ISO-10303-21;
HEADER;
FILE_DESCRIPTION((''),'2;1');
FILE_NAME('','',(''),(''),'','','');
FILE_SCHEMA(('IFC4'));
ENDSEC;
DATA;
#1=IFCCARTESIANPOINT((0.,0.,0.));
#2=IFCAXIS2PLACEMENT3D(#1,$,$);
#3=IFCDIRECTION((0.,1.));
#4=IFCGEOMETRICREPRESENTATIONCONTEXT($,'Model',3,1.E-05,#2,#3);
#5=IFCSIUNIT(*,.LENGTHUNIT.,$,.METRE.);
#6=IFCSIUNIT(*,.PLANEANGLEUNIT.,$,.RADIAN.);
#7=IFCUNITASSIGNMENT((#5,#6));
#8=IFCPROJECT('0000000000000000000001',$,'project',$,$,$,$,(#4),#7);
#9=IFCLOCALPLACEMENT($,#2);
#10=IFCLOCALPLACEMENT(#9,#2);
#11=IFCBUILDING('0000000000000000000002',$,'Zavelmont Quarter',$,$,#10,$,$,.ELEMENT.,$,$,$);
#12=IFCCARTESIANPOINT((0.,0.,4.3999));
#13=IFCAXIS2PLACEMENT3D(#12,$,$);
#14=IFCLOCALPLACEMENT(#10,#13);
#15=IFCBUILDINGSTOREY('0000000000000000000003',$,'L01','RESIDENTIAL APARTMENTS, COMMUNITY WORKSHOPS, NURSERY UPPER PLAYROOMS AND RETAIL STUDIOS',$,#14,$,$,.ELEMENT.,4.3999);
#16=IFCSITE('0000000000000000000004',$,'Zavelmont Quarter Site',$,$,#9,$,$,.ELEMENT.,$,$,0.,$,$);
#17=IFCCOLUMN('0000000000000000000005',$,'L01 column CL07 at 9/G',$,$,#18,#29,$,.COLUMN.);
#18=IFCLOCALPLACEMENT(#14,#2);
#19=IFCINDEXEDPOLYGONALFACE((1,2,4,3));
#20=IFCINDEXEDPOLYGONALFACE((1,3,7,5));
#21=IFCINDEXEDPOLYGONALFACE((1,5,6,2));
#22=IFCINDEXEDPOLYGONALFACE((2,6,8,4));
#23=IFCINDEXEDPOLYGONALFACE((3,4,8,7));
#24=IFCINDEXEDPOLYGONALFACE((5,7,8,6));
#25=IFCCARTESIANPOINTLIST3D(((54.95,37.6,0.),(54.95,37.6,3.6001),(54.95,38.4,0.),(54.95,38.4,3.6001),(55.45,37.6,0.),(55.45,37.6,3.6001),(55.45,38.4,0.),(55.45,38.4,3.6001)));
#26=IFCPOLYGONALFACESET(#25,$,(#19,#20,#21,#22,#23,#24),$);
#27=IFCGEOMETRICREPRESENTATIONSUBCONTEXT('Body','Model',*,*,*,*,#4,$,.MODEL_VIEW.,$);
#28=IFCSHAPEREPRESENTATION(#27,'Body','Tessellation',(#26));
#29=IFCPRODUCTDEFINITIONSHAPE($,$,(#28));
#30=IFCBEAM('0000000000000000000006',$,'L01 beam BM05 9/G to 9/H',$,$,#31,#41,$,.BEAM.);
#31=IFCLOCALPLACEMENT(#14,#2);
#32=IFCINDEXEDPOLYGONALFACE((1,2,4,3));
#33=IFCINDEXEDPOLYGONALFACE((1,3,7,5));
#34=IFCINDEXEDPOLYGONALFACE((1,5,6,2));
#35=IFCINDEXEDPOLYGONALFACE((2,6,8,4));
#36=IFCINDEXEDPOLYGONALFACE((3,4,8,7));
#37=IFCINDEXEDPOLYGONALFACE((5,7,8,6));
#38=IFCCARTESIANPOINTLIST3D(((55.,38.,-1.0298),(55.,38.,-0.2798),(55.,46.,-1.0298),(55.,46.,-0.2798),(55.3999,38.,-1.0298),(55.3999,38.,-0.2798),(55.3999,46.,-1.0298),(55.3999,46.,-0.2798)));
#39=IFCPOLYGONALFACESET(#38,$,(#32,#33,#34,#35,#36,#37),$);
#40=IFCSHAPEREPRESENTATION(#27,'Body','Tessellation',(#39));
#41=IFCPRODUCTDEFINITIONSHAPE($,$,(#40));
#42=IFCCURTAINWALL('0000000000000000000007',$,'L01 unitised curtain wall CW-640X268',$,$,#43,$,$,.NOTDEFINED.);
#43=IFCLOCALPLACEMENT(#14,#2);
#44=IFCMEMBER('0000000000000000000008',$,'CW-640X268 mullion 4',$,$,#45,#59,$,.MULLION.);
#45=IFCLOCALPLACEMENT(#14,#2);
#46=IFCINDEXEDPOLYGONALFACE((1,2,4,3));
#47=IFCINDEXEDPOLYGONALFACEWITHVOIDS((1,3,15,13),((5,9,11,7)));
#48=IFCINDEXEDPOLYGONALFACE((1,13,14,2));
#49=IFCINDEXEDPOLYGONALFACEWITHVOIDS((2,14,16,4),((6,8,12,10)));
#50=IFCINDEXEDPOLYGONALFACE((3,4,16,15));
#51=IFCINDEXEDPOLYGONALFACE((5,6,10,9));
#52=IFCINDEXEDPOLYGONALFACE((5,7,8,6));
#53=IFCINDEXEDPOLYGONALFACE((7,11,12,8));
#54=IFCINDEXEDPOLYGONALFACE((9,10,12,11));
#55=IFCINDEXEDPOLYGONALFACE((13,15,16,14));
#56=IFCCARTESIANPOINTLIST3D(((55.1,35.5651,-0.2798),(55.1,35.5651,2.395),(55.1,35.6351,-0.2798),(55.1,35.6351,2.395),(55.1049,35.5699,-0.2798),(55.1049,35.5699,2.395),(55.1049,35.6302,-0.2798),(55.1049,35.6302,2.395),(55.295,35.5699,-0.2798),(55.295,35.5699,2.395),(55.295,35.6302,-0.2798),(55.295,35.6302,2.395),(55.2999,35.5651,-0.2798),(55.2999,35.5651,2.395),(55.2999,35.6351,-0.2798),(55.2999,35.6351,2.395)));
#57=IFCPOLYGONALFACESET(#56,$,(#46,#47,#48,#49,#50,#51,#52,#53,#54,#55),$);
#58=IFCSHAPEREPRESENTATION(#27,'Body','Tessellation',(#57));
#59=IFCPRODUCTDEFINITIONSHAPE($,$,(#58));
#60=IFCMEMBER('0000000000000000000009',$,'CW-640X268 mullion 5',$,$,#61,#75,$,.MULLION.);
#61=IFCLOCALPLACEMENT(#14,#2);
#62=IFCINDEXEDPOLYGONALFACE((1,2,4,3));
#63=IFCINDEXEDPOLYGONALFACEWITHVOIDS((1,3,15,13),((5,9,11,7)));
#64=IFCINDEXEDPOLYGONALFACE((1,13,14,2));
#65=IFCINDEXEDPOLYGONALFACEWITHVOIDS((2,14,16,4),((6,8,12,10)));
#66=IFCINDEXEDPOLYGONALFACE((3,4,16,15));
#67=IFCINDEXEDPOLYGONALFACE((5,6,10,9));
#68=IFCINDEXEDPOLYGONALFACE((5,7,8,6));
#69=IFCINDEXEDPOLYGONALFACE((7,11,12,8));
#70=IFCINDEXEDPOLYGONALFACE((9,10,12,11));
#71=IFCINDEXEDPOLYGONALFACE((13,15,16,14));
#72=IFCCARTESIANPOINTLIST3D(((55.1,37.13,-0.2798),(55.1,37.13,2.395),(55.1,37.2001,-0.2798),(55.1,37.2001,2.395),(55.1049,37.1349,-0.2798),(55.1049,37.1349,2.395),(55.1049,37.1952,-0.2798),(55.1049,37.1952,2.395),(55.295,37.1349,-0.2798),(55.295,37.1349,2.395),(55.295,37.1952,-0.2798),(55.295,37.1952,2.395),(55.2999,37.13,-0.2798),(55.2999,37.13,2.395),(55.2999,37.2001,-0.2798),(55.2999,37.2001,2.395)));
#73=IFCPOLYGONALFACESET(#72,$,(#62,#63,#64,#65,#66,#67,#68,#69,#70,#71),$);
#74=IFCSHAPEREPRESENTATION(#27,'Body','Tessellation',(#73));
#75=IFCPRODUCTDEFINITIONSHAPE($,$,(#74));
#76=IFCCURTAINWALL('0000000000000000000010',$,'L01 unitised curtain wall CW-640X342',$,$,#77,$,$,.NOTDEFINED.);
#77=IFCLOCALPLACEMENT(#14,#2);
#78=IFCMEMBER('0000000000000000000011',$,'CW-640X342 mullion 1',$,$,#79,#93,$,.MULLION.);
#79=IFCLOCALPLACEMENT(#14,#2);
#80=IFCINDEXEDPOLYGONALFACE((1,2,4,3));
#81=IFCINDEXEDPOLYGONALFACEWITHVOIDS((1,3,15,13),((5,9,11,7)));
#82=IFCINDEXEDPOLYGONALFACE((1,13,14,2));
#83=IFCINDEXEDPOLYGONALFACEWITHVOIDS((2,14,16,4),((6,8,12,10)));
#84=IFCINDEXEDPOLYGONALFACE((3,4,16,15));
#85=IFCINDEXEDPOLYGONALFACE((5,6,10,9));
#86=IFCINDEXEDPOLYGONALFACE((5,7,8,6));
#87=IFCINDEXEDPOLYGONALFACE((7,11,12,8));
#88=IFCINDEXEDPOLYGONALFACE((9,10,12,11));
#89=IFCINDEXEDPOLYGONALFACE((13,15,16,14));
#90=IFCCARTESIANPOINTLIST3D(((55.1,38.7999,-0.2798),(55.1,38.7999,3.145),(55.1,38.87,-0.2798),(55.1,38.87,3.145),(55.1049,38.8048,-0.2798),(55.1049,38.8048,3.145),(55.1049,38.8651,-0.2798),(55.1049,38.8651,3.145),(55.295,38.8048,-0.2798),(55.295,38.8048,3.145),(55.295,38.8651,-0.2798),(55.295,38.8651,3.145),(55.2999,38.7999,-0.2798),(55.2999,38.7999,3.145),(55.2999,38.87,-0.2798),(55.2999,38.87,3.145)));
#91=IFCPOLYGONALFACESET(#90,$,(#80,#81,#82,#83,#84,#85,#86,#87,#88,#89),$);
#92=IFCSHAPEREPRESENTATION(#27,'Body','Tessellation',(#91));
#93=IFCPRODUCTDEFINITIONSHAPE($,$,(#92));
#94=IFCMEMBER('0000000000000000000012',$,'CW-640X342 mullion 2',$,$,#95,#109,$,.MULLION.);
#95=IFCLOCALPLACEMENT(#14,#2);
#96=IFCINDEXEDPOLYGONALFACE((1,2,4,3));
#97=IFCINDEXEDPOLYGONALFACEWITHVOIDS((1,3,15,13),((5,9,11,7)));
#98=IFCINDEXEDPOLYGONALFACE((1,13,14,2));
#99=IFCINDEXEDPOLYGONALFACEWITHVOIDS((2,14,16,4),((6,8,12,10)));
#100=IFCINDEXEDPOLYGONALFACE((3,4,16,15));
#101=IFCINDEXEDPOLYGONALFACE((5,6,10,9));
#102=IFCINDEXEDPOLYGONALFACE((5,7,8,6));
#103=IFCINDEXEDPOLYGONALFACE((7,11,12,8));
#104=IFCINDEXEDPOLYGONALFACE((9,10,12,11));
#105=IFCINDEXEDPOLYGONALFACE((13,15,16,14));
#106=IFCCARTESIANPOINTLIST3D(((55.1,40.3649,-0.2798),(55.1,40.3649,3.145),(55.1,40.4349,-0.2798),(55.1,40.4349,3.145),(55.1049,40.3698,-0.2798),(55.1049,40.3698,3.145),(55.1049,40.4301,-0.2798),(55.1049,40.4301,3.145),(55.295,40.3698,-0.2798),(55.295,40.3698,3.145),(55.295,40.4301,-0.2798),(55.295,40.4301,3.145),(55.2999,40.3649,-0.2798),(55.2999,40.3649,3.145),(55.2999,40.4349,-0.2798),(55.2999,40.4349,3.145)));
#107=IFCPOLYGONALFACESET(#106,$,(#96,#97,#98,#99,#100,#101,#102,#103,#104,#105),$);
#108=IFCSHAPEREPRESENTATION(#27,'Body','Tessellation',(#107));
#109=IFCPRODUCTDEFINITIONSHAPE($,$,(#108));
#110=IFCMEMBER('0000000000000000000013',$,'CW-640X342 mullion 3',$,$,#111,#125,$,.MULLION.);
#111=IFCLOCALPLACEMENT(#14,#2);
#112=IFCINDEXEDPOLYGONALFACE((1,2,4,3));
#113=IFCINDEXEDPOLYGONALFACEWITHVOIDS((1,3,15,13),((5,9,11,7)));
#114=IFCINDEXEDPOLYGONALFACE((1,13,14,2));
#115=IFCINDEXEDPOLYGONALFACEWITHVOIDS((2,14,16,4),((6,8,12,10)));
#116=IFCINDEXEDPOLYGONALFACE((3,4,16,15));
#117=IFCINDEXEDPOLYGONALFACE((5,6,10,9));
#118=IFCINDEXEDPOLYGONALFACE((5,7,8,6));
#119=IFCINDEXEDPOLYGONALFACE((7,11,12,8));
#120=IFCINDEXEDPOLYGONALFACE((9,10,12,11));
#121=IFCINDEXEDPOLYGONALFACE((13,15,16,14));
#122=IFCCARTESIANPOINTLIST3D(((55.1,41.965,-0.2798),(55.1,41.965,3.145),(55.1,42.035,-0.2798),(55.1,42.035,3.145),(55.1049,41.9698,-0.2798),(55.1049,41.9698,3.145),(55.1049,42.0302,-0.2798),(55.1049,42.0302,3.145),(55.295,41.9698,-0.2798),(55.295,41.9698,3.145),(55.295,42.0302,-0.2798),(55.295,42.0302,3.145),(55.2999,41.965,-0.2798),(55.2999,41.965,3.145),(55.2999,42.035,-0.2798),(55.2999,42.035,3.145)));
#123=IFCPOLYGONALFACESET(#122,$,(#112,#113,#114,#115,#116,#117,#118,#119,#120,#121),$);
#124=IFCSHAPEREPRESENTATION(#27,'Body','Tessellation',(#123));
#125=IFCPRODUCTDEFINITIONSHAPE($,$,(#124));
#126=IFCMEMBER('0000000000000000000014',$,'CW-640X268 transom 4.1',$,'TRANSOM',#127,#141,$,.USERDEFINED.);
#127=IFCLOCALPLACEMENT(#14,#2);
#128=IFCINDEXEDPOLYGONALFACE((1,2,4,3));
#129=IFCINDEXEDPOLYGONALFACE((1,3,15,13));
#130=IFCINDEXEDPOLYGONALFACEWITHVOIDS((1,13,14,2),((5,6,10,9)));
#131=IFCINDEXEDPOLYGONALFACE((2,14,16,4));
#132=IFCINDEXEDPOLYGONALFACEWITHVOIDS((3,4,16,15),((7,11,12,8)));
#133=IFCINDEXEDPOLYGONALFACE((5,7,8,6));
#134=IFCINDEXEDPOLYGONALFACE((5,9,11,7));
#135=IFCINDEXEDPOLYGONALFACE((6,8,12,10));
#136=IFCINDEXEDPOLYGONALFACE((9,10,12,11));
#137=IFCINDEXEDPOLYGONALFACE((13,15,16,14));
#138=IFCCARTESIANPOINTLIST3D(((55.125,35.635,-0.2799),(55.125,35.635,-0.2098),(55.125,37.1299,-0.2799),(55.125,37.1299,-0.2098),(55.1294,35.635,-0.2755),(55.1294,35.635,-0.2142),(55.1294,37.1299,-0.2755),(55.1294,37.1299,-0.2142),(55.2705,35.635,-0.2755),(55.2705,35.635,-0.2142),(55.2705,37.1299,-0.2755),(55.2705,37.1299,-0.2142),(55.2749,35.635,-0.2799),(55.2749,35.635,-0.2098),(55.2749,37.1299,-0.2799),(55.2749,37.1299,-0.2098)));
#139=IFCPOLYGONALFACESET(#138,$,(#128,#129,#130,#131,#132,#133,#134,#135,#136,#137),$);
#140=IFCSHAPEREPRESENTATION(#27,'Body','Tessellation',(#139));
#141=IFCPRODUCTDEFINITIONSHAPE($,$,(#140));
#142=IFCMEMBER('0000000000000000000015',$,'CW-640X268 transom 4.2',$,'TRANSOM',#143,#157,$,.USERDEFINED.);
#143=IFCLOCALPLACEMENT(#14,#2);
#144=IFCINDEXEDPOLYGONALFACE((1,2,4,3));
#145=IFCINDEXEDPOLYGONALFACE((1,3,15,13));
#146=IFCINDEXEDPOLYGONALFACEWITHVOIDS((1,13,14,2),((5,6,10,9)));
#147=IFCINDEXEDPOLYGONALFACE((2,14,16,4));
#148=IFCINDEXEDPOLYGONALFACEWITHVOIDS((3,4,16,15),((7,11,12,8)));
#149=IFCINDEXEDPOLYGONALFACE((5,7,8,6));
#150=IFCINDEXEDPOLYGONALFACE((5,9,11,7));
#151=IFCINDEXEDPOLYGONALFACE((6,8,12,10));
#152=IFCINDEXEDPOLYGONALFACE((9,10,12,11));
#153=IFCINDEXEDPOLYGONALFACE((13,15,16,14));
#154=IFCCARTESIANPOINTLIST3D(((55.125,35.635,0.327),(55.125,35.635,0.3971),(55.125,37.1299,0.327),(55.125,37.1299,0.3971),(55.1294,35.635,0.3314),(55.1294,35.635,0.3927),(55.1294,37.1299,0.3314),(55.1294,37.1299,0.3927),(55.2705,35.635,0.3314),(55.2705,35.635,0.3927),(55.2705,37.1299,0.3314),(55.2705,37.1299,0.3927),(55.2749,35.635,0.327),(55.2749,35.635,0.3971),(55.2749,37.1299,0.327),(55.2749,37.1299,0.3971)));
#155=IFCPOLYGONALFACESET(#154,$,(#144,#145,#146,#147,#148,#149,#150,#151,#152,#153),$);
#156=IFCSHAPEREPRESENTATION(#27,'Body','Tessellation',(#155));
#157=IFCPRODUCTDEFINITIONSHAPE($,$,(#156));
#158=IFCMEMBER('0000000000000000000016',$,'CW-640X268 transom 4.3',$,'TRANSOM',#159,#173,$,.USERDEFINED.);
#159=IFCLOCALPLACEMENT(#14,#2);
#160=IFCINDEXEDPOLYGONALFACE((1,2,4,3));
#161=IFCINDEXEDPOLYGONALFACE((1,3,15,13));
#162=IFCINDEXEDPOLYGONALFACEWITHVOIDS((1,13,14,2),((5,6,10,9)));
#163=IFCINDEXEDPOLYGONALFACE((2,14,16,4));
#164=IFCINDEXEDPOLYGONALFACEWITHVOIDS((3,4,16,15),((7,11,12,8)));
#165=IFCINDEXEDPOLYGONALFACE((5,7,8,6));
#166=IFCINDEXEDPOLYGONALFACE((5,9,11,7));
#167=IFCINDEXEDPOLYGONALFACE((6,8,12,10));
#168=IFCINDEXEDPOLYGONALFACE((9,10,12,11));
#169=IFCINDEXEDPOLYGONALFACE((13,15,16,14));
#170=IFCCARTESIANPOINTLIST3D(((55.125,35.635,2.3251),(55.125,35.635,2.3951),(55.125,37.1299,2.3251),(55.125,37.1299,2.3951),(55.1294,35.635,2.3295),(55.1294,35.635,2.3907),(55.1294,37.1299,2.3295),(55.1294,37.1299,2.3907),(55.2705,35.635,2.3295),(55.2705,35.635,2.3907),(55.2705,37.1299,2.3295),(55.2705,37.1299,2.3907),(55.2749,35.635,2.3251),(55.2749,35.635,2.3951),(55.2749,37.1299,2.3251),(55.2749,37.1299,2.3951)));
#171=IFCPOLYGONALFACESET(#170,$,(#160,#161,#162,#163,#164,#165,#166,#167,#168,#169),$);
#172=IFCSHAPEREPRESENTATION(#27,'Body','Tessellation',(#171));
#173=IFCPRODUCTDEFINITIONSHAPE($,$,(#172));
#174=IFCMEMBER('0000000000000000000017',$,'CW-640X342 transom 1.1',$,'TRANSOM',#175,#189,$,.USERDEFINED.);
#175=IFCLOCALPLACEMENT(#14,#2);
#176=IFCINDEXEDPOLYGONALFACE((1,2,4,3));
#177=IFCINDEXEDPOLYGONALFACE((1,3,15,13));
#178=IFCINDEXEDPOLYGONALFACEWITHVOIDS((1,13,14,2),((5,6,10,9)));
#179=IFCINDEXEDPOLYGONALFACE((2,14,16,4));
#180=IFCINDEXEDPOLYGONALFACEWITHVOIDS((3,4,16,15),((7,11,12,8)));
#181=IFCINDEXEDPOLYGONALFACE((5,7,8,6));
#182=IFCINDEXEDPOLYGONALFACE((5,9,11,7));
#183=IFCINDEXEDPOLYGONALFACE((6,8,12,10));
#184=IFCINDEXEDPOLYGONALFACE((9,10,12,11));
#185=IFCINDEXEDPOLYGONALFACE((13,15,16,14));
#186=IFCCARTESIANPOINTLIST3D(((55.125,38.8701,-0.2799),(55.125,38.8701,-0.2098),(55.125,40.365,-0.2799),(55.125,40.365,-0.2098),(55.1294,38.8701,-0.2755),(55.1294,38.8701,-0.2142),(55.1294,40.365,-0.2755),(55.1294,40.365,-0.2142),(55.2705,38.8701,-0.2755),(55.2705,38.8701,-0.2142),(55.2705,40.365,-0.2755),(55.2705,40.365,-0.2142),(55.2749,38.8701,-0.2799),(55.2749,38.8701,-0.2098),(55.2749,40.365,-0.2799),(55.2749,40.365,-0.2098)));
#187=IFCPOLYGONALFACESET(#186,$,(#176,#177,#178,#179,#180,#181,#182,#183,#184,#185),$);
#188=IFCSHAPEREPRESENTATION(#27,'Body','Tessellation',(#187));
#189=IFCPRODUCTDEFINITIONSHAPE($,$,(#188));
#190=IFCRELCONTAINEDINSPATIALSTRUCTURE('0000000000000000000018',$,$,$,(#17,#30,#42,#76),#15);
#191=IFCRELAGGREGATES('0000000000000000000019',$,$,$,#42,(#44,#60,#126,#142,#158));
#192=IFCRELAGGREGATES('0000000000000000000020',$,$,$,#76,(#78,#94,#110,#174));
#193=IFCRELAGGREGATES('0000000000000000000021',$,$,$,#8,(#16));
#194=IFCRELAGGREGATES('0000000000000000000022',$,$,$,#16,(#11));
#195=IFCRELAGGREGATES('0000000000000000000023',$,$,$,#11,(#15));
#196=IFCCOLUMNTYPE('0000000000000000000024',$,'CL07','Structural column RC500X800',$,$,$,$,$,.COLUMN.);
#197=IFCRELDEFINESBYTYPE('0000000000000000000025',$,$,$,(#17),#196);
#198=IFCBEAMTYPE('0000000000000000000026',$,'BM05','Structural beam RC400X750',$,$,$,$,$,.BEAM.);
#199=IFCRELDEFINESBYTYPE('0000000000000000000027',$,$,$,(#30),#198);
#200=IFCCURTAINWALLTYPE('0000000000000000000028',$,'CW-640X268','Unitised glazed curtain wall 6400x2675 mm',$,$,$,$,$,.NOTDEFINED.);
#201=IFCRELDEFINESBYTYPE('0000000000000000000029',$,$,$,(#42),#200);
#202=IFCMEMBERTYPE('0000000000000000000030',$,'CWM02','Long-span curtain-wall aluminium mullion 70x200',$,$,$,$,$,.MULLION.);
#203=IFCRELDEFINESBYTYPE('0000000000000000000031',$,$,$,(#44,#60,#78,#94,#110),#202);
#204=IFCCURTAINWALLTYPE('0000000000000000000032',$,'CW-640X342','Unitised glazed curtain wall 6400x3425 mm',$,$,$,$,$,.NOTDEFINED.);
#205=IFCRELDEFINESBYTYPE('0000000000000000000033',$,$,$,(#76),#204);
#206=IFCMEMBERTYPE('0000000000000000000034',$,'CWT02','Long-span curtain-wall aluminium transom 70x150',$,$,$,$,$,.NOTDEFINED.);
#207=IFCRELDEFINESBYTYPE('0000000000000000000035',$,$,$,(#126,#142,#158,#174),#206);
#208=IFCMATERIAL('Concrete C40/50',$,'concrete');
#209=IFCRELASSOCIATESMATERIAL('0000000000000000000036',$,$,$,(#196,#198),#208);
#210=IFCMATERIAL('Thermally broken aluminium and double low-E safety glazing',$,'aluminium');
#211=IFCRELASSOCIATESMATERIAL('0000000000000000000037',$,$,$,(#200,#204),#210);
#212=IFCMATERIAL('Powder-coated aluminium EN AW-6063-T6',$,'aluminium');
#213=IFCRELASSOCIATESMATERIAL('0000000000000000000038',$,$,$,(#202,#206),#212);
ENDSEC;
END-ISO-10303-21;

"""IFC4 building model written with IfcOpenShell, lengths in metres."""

from ifc_helpers import new_model, si_unit, direction, frame, origin, origin_2d, place, context, subcontext, project, spatial, rectangle, hollow_rectangle, extrude, material, material_profile, profile_set, type_object, element, aggregate, save


model = new_model("IFC4")

# Units and contexts
model_context = context("Model", 3, precision=1e-05, world=origin(), true_north=direction((0.0, 1.0)))
body_context = subcontext(model_context, "Body", "Model", "MODEL_VIEW")
ifc_project = project(units=[si_unit("LENGTHUNIT", "METRE"), si_unit("PLANEANGLEUNIT", "RADIAN")], contexts=[model_context])

# Site, building, storey
site_placement = place(None, origin())
site = spatial("IfcSite", under=ifc_project, at=site_placement, Name="Zavelmont Quarter Site", CompositionType="ELEMENT", RefElevation=0.0)
building_placement = place(site_placement, origin())
building = spatial("IfcBuilding", under=site, at=building_placement, Name="Zavelmont Quarter", CompositionType="ELEMENT")
storey_placement = place(building_placement, frame((0.0, 0.0, 4.3999)))
storey = spatial("IfcBuildingStorey", under=building, at=storey_placement, Name="L01", Description="RESIDENTIAL APARTMENTS, COMMUNITY WORKSHOPS, NURSERY UPPER PLAYROOMS AND RETAIL STUDIOS", CompositionType="ELEMENT", Elevation=4.3999)

# Column
ifc_material_1 = material(Name="Concrete C40/50", Category="concrete")
ifc_material_profile_1 = material_profile(ifc_material_1, rectangle(XDim=0.5, YDim=0.8, at=origin_2d()), Name="RC500X800")
ifc_profile_set_1 = profile_set([ifc_material_profile_1], Name="Concrete C40/50")
column_type = type_object("IfcColumnType", Name="CL07", Description="Structural column RC500X800", PredefinedType="COLUMN", material=ifc_profile_set_1)
column_placement = place(storey_placement, frame((55.2, 38.0, 0.0), z_axis=(0.0, 0.0, 1.0), x_axis=(1.0, 0.0, 0.0)))
element("IfcColumn", 1, at=column_placement, inside=storey, type_object=column_type, Name="L01 column CL07 at 9/G", PredefinedType="COLUMN", context=body_context, shape_type="SweptSolid", body=[
    extrude(rectangle(XDim=0.5, YDim=0.8, at=origin_2d()), origin(), (0.0, 0.0, 1.0), 3.6001),
])

# Beam
ifc_material_profile_2 = material_profile(ifc_material_1, rectangle(XDim=0.3999, YDim=0.75, at=origin_2d()), Name="RC400X750")
ifc_profile_set_2 = profile_set([ifc_material_profile_2], Name="Concrete C40/50")
beam_type = type_object("IfcBeamType", Name="BM05", Description="Structural beam RC400X750", PredefinedType="BEAM", material=ifc_profile_set_2)
beam_placement = place(storey_placement, frame((55.2, 38.0, -0.6548), z_axis=(0.0, 1.0, 0.0), x_axis=(-1.0, 0.0, 0.0)))
element("IfcBeam", 2, at=beam_placement, inside=storey, type_object=beam_type, Name="L01 beam BM05 9/G to 9/H", PredefinedType="BEAM", context=body_context, shape_type="SweptSolid", body=[
    extrude(rectangle(XDim=0.3999, YDim=0.75, at=origin_2d()), origin(), (0.0, 0.0, 1.0), 8.0),
])

# Curtain walls, members
ifc_material_2 = material(Name="Thermally broken aluminium and double low-E safety glazing", Category="aluminium")
curtain_wall_type_1 = type_object("IfcCurtainWallType", Name="CW-640X268", Description="Unitised glazed curtain wall 6400x2675 mm", PredefinedType="NOTDEFINED", material=ifc_material_2)
curtain_wall_1_placement = place(storey_placement, origin())
curtain_wall_1 = element("IfcCurtainWall", 3, at=curtain_wall_1_placement, inside=storey, type_object=curtain_wall_type_1, Name="L01 unitised curtain wall CW-640X268", PredefinedType="NOTDEFINED")
ifc_material_3 = material(Name="Powder-coated aluminium EN AW-6063-T6", Category="aluminium")
ifc_material_profile_3 = material_profile(ifc_material_3, hollow_rectangle(XDim=0.0701, YDim=0.2, WallThickness=0.0049, at=origin_2d()), Name="CWM70X200")
ifc_profile_set_3 = profile_set([ifc_material_profile_3], Name="Powder-coated aluminium EN AW-6063-T6")
member_type_1 = type_object("IfcMemberType", Name="CWM02", Description="Long-span curtain-wall aluminium mullion 70x200", PredefinedType="MULLION", material=ifc_profile_set_3)
member_1_placement = place(storey_placement, frame((55.2, 35.6001, -0.2798), z_axis=(0.0, 0.0, 1.0), x_axis=(0.0, 1.0, 0.0)))
member_1 = element("IfcMember", 4, at=member_1_placement, type_object=member_type_1, Name="CW-640X268 mullion 4", PredefinedType="MULLION", context=body_context, shape_type="SweptSolid", body=[
    extrude(hollow_rectangle(XDim=0.0701, YDim=0.2, WallThickness=0.0049, at=origin_2d()), origin(), (0.0, 0.0, 1.0), 2.6748),
])
member_2_placement = place(storey_placement, frame((55.2, 37.165, -0.2798), z_axis=(0.0, 0.0, 1.0), x_axis=(0.0, 1.0, 0.0)))
member_2 = element("IfcMember", 5, at=member_2_placement, type_object=member_type_1, Name="CW-640X268 mullion 5", PredefinedType="MULLION", context=body_context, shape_type="SweptSolid", body=[
    extrude(hollow_rectangle(XDim=0.0701, YDim=0.2, WallThickness=0.0049, at=origin_2d()), origin(), (0.0, 0.0, 1.0), 2.6748),
])
curtain_wall_type_2 = type_object("IfcCurtainWallType", Name="CW-640X342", Description="Unitised glazed curtain wall 6400x3425 mm", PredefinedType="NOTDEFINED", material=ifc_material_2)
curtain_wall_2_placement = place(storey_placement, origin())
curtain_wall_2 = element("IfcCurtainWall", 6, at=curtain_wall_2_placement, inside=storey, type_object=curtain_wall_type_2, Name="L01 unitised curtain wall CW-640X342", PredefinedType="NOTDEFINED")
member_3_placement = place(storey_placement, frame((55.2, 38.835, -0.2798), z_axis=(0.0, 0.0, 1.0), x_axis=(0.0, 1.0, 0.0)))
member_3 = element("IfcMember", 7, at=member_3_placement, type_object=member_type_1, Name="CW-640X342 mullion 1", PredefinedType="MULLION", context=body_context, shape_type="SweptSolid", body=[
    extrude(hollow_rectangle(XDim=0.0701, YDim=0.2, WallThickness=0.0049, at=origin_2d()), origin(), (0.0, 0.0, 1.0), 3.4248),
])
member_4_placement = place(storey_placement, frame((55.2, 40.3999, -0.2798), z_axis=(0.0, 0.0, 1.0), x_axis=(0.0, 1.0, 0.0)))
member_4 = element("IfcMember", 8, at=member_4_placement, type_object=member_type_1, Name="CW-640X342 mullion 2", PredefinedType="MULLION", context=body_context, shape_type="SweptSolid", body=[
    extrude(hollow_rectangle(XDim=0.0701, YDim=0.2, WallThickness=0.0049, at=origin_2d()), origin(), (0.0, 0.0, 1.0), 3.4248),
])
member_5_placement = place(storey_placement, frame((55.2, 42.0, -0.2798), z_axis=(0.0, 0.0, 1.0), x_axis=(0.0, 1.0, 0.0)))
member_5 = element("IfcMember", 9, at=member_5_placement, type_object=member_type_1, Name="CW-640X342 mullion 3", PredefinedType="MULLION", context=body_context, shape_type="SweptSolid", body=[
    extrude(hollow_rectangle(XDim=0.0701, YDim=0.2, WallThickness=0.0049, at=origin_2d()), origin(), (0.0, 0.0, 1.0), 3.4248),
])

# Members
ifc_material_profile_4 = material_profile(ifc_material_3, hollow_rectangle(XDim=0.1499, YDim=0.0701, WallThickness=0.0044, at=origin_2d()), Name="CWT70X150")
ifc_profile_set_4 = profile_set([ifc_material_profile_4], Name="Powder-coated aluminium EN AW-6063-T6")
member_type_2 = type_object("IfcMemberType", Name="CWT02", Description="Long-span curtain-wall aluminium transom 70x150", PredefinedType="NOTDEFINED", material=ifc_profile_set_4)
member_6_placement = place(storey_placement, frame((55.2, 35.635, -0.2449), z_axis=(0.0, 1.0, 0.0), x_axis=(-1.0, 0.0, 0.0)))
member_6 = element("IfcMember", 10, at=member_6_placement, type_object=member_type_2, Name="CW-640X268 transom 4.1", ObjectType="TRANSOM", PredefinedType="USERDEFINED", context=body_context, shape_type="SweptSolid", body=[
    extrude(hollow_rectangle(XDim=0.1499, YDim=0.0701, WallThickness=0.0044, at=origin_2d()), origin(), (0.0, 0.0, 1.0), 1.4949),
])
member_7_placement = place(storey_placement, frame((55.2, 35.635, 0.3621), z_axis=(0.0, 1.0, 0.0), x_axis=(-1.0, 0.0, 0.0)))
member_7 = element("IfcMember", 11, at=member_7_placement, type_object=member_type_2, Name="CW-640X268 transom 4.2", ObjectType="TRANSOM", PredefinedType="USERDEFINED", context=body_context, shape_type="SweptSolid", body=[
    extrude(hollow_rectangle(XDim=0.1499, YDim=0.0701, WallThickness=0.0044, at=origin_2d()), origin(), (0.0, 0.0, 1.0), 1.4949),
])
member_8_placement = place(storey_placement, frame((55.2, 35.635, 2.3601), z_axis=(0.0, 1.0, 0.0), x_axis=(-1.0, 0.0, 0.0)))
member_8 = element("IfcMember", 12, at=member_8_placement, type_object=member_type_2, Name="CW-640X268 transom 4.3", ObjectType="TRANSOM", PredefinedType="USERDEFINED", context=body_context, shape_type="SweptSolid", body=[
    extrude(hollow_rectangle(XDim=0.1499, YDim=0.0701, WallThickness=0.0044, at=origin_2d()), origin(), (0.0, 0.0, 1.0), 1.4949),
])
member_9_placement = place(storey_placement, frame((55.2, 38.8701, -0.2449), z_axis=(0.0, 1.0, 0.0), x_axis=(-1.0, 0.0, 0.0)))
member_9 = element("IfcMember", 13, at=member_9_placement, type_object=member_type_2, Name="CW-640X342 transom 1.1", ObjectType="TRANSOM", PredefinedType="USERDEFINED", context=body_context, shape_type="SweptSolid", body=[
    extrude(hollow_rectangle(XDim=0.1499, YDim=0.0701, WallThickness=0.0044, at=origin_2d()), origin(), (0.0, 0.0, 1.0), 1.4949),
])

aggregate(curtain_wall_1, [member_1, member_2, member_6, member_7, member_8])
aggregate(curtain_wall_2, [member_3, member_4, member_5, member_9])

save(model, "model.ifc")
